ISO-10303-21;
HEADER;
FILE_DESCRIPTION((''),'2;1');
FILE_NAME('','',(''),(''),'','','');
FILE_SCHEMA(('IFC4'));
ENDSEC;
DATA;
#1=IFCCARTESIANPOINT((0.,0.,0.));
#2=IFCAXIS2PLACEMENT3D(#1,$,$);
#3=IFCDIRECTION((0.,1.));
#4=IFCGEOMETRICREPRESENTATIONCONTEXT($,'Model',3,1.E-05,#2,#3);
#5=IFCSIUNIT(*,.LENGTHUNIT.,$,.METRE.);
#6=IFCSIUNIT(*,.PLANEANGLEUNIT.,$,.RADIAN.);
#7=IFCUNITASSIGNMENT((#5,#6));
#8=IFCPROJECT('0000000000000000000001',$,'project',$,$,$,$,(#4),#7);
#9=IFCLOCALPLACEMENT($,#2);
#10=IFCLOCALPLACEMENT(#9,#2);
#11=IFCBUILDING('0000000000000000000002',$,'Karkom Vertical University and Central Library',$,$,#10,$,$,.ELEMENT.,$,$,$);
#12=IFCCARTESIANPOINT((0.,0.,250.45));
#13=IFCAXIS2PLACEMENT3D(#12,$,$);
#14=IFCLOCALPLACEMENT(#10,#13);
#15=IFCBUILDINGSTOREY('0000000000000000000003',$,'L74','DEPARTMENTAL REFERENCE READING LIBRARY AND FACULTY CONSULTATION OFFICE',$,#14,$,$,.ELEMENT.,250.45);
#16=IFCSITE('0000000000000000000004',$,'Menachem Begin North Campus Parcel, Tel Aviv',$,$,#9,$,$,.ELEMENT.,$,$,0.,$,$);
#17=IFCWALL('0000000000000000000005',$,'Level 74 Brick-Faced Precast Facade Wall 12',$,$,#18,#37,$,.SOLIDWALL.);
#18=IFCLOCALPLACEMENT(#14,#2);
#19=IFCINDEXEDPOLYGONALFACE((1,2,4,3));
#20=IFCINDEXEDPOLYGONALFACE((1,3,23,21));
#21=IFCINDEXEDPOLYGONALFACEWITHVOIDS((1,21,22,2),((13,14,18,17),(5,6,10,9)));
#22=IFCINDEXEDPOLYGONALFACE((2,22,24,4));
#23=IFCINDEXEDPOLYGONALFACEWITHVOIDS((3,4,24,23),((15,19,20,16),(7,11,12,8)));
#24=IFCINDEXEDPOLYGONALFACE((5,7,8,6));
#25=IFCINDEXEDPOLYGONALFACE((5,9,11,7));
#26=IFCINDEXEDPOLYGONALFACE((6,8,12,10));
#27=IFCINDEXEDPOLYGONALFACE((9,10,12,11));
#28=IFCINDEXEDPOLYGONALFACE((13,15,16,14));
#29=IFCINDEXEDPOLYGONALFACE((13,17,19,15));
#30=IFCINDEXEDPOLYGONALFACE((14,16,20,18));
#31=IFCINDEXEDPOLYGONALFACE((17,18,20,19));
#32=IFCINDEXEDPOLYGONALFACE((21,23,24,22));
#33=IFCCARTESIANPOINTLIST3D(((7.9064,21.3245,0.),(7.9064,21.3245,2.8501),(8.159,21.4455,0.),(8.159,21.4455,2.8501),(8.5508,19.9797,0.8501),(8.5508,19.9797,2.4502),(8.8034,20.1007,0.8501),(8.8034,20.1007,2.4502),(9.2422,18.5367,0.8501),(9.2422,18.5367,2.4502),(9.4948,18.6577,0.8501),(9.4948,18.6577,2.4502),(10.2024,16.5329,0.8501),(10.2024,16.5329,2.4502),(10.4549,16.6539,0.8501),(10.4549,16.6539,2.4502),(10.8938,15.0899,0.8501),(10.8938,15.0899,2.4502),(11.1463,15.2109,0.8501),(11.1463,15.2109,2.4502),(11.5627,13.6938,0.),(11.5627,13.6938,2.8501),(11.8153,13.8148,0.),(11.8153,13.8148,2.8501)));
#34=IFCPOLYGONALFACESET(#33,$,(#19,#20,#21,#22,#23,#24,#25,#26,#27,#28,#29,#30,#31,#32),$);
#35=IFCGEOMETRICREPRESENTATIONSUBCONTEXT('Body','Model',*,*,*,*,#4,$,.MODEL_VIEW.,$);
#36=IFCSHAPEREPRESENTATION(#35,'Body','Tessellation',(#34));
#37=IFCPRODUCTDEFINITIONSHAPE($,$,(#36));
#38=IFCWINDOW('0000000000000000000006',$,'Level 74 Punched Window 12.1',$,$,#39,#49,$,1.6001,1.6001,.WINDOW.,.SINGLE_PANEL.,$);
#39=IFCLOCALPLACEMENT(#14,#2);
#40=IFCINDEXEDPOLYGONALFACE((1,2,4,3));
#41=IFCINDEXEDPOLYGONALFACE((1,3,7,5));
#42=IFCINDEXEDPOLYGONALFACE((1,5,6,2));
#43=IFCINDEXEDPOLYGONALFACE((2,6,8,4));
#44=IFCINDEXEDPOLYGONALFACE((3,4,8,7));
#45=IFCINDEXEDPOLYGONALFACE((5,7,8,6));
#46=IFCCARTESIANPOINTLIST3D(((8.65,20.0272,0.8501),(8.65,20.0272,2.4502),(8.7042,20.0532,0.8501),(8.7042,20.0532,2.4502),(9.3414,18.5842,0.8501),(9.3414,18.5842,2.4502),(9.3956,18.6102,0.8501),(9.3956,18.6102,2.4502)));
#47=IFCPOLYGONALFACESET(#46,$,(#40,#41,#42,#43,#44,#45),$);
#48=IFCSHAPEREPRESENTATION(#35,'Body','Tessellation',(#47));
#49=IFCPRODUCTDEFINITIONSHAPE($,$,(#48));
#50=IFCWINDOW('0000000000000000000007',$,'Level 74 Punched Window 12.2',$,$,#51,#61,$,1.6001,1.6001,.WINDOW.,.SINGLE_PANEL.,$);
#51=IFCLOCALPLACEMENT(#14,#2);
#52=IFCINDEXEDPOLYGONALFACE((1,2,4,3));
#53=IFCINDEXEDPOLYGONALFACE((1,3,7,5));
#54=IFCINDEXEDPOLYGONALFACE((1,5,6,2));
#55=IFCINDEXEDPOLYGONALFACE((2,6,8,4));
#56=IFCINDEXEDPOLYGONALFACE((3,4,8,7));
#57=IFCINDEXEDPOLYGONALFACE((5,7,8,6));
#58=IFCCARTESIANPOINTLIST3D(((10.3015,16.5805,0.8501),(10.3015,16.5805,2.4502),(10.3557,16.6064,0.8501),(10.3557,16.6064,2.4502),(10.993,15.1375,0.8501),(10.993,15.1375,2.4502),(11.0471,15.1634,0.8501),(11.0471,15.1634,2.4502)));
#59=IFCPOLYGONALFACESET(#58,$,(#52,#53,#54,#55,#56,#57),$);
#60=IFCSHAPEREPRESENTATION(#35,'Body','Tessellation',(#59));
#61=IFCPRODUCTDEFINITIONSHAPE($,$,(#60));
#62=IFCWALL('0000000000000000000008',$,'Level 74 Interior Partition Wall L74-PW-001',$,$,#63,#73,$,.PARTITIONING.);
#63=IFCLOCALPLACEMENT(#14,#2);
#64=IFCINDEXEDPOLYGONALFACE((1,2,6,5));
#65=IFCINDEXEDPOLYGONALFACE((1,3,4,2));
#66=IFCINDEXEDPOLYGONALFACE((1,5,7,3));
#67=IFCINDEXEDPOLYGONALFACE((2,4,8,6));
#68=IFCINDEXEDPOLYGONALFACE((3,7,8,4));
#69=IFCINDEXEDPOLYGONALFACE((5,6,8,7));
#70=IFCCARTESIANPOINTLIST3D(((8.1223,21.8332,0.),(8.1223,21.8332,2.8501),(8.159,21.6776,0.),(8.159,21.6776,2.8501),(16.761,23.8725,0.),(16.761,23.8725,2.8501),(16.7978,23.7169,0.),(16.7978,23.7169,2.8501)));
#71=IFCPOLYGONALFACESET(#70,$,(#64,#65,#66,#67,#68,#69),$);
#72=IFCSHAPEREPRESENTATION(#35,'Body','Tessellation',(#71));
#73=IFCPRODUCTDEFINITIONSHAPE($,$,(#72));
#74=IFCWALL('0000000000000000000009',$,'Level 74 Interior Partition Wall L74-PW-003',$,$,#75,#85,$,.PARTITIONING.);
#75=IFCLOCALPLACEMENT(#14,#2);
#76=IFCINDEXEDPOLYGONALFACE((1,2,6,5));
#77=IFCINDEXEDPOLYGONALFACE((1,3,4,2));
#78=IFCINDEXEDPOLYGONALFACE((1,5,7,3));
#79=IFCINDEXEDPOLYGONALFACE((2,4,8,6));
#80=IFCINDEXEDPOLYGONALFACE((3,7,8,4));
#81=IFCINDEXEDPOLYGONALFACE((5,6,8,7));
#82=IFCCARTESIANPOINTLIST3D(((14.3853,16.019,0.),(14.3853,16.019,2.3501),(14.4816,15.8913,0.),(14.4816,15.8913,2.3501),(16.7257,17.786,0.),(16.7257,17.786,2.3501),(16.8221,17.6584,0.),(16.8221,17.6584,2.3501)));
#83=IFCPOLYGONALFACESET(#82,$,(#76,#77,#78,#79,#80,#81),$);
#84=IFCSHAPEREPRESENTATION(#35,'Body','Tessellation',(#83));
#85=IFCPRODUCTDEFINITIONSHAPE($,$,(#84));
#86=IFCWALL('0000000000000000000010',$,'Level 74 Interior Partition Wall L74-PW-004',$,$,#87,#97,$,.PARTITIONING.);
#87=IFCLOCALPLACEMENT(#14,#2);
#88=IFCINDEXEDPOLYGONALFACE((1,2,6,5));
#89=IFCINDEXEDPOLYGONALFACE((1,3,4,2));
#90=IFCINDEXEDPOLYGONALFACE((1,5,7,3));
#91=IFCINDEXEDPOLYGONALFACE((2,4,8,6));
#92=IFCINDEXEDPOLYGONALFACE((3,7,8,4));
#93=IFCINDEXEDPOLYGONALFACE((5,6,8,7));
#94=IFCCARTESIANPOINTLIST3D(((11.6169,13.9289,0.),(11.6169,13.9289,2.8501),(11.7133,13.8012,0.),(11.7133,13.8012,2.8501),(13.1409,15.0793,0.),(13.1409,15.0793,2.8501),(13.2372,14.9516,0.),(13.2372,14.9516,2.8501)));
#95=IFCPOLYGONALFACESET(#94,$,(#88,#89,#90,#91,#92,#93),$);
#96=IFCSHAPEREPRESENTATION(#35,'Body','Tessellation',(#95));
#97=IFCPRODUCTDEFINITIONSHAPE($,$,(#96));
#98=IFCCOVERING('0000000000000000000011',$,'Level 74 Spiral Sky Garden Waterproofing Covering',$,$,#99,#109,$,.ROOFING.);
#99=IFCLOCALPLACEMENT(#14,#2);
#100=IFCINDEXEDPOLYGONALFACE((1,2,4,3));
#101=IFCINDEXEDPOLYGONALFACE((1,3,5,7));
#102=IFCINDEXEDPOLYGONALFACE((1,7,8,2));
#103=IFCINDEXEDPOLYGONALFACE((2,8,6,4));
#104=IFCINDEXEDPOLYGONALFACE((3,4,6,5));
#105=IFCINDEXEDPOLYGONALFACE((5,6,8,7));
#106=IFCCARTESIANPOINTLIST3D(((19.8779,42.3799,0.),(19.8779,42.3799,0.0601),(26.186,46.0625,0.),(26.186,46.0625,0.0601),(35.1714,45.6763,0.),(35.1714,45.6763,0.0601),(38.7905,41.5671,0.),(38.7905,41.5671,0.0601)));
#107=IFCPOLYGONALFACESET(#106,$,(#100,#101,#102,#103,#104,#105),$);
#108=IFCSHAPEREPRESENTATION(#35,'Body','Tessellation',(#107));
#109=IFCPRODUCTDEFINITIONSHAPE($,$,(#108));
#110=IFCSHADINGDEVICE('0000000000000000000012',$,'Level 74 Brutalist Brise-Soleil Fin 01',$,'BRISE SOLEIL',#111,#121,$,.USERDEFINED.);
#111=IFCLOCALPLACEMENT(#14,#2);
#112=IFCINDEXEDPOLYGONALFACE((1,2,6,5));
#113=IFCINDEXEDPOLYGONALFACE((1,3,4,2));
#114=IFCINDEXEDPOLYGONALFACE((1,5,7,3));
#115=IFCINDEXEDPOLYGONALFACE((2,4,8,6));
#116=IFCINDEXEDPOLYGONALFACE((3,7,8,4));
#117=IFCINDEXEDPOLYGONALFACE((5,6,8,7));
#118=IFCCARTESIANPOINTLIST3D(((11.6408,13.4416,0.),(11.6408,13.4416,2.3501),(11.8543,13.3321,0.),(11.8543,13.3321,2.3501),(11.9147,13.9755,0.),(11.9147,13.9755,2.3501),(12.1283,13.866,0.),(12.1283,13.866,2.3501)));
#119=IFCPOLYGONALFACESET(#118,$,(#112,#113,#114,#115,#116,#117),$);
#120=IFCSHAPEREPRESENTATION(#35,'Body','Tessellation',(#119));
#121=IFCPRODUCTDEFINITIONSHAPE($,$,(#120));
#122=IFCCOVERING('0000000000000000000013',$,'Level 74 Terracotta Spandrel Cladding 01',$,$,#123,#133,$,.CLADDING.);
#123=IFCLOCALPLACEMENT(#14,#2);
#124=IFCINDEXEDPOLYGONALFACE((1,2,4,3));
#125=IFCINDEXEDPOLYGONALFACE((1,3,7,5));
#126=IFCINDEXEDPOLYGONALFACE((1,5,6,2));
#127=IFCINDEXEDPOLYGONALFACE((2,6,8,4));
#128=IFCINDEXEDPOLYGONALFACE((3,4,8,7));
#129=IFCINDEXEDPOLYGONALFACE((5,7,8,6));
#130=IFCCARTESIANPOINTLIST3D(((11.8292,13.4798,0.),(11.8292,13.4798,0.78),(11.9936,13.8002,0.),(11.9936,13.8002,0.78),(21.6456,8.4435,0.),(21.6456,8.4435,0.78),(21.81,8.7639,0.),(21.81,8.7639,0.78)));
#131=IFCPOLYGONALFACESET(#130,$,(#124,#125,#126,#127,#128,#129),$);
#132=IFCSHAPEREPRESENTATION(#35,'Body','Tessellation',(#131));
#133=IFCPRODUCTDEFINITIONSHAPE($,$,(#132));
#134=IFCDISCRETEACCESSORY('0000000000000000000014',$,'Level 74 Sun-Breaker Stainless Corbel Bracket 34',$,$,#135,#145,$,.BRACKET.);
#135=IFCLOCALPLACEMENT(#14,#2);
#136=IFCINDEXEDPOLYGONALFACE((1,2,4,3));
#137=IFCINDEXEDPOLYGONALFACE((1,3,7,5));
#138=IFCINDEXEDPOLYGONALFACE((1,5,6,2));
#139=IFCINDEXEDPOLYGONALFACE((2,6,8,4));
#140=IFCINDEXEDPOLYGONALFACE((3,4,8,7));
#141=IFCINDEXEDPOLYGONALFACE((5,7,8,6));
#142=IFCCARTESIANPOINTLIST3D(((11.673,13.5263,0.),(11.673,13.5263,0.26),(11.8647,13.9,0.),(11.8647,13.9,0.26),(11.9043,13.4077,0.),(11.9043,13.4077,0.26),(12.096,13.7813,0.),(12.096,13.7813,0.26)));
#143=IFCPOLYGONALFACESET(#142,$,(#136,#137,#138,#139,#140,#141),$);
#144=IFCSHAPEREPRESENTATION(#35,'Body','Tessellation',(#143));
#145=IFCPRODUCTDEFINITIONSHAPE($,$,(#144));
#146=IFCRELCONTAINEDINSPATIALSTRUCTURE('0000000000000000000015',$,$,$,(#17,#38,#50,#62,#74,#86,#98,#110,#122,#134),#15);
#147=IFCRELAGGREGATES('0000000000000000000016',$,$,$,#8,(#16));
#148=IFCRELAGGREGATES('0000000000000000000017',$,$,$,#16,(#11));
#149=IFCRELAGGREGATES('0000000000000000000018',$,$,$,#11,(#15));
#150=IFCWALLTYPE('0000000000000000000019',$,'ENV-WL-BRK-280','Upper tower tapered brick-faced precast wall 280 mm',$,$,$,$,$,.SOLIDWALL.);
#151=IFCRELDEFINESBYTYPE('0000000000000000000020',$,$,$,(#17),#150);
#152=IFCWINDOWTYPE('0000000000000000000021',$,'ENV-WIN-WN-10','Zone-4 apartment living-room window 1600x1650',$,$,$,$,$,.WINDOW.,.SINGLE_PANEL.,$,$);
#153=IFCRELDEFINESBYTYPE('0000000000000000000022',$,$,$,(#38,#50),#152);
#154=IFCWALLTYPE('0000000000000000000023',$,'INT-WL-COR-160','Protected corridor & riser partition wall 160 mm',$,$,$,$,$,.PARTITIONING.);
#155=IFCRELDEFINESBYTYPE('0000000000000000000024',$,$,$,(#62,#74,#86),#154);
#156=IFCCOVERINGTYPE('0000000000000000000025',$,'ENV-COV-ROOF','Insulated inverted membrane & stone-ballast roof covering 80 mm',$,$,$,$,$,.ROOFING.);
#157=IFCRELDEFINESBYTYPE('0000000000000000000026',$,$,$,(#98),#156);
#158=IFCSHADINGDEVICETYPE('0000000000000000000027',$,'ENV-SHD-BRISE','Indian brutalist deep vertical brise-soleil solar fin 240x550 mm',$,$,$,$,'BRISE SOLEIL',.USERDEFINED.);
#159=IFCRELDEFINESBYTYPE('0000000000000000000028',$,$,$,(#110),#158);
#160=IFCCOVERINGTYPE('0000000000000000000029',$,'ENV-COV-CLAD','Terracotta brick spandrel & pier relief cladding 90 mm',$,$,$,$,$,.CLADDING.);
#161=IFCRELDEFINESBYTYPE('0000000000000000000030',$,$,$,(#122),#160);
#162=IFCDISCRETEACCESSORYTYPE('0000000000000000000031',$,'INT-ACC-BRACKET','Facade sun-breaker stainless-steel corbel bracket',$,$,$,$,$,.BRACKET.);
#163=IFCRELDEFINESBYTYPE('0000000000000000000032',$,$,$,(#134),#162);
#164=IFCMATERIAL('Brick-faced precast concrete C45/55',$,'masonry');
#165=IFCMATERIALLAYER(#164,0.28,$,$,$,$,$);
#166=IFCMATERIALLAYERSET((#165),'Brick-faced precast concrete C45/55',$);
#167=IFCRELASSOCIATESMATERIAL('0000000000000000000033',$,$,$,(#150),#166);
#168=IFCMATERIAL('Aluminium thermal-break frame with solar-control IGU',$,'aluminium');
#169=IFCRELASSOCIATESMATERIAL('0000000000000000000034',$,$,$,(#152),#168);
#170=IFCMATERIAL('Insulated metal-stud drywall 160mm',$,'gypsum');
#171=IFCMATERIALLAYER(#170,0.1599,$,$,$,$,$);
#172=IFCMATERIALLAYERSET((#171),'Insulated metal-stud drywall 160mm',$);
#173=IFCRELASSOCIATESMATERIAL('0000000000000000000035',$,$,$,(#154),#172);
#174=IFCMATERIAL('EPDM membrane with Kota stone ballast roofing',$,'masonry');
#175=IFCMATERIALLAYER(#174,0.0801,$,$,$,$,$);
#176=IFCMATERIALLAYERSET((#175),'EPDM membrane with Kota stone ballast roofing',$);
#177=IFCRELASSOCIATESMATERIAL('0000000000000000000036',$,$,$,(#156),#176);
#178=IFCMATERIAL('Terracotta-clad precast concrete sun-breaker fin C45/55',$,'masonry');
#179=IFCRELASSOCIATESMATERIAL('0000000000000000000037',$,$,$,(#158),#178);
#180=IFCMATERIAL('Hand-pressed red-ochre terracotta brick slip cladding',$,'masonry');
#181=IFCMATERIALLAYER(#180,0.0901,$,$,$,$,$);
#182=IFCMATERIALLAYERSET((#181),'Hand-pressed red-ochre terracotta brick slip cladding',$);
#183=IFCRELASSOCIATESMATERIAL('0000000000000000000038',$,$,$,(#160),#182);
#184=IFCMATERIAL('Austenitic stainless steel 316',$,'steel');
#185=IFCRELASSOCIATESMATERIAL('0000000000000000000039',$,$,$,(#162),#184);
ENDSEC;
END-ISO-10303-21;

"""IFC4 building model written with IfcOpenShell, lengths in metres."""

from ifc_helpers import new_model, si_unit, direction, frame, frame_2d, origin, origin_with_axes, origin_2d, place, context, subcontext, project, spatial, polyline, rectangle, outline, extrude, source, transform, mapped, material, layer, layer_set, type_object, element, fill, save


model = new_model("IFC4")

# Units and contexts
model_context = context("Model", 3, precision=1e-05, world=origin(), true_north=direction((0.0, 1.0)))
body_context = subcontext(model_context, "Body", "Model", "MODEL_VIEW")
ifc_project = project(units=[si_unit("LENGTHUNIT", "METRE"), si_unit("PLANEANGLEUNIT", "RADIAN")], contexts=[model_context])

# Site, building, storey
site_placement = place(None, origin())
site = spatial("IfcSite", under=ifc_project, at=site_placement, Name="Menachem Begin North Campus Parcel, Tel Aviv", CompositionType="ELEMENT", RefElevation=0.0)
building_placement = place(site_placement, origin())
building = spatial("IfcBuilding", under=site, at=building_placement, Name="Karkom Vertical University and Central Library", CompositionType="ELEMENT")
storey_placement = place(building_placement, frame((0.0, 0.0, 250.45)))
storey = spatial("IfcBuildingStorey", under=building, at=storey_placement, Name="L74", Description="DEPARTMENTAL REFERENCE READING LIBRARY AND FACULTY CONSULTATION OFFICE", CompositionType="ELEMENT", Elevation=250.45)

# Wall, openings, windows
ifc_material_1 = material(Name="Brick-faced precast concrete C45/55", Category="masonry")
ifc_layer_1 = layer(ifc_material_1, 0.28)
ifc_layer_set_1 = layer_set([ifc_layer_1], Name="Brick-faced precast concrete C45/55")
wall_type_1 = type_object("IfcWallType", Name="ENV-WL-BRK-280", Description="Upper tower tapered brick-faced precast wall 280 mm", PredefinedType="SOLIDWALL", material=ifc_layer_set_1)
ifc_material_2 = material(Name="Aluminium thermal-break frame with solar-control IGU", Category="aluminium")
window_type = type_object("IfcWindowType", Name="ENV-WIN-WN-10", Description="Zone-4 apartment living-room window 1600x1650", PartitioningType="SINGLE_PANEL", PredefinedType="WINDOW", material=ifc_material_2)
shared_shape_1 = source(origin_with_axes(), body_context, "Body", "SweptSolid", [
    extrude(rectangle(XDim=1.6001, YDim=1.6001, at=frame_2d((0.8, 0.8))), frame((0.0, 0.03, 0.0), z_axis=(0.0, -1.0, 0.0), x_axis=(1.0, 0.0, 0.0)), (0.0, 0.0, 1.0), 0.0601),
])
wall_1_placement = place(storey_placement, frame((8.0327, 21.385, 0.0), z_axis=(0.0, 0.0, 1.0), x_axis=(0.432112, -0.90182, 0.0)))
wall_1 = element("IfcWall", 1, at=wall_1_placement, inside=storey, type_object=wall_type_1, Name="Level 74 Brick-Faced Precast Facade Wall 12", PredefinedType="SOLIDWALL", context=body_context, shape_type="SweptSolid", body=[
    extrude(rectangle(XDim=8.4614, YDim=0.28, at=frame_2d((4.2307, 0.0))), origin(), (0.0, 0.0, 1.0), 2.8501),
])
opening_1_placement = place(wall_1_placement, frame((1.4912, 0.0, 0.8501)))
opening_1 = element("IfcOpeningElement", 2, at=opening_1_placement, cuts=wall_1, PredefinedType="OPENING", context=body_context, shape_type="SweptSolid", body=[
    extrude(rectangle(XDim=1.6001, YDim=1.6001, at=frame_2d((0.8, 0.8))), frame((0.0, 0.1499, 0.0), z_axis=(0.0, -1.0, 0.0), x_axis=(1.0, 0.0, 0.0)), (0.0, 0.0, 1.0), 0.3),
])
opening_2_placement = place(wall_1_placement, frame((5.3132, 0.0, 0.8501)))
opening_2 = element("IfcOpeningElement", 3, at=opening_2_placement, cuts=wall_1, PredefinedType="OPENING", context=body_context, shape_type="SweptSolid", body=[
    extrude(rectangle(XDim=1.6001, YDim=1.6001, at=frame_2d((0.8, 0.8))), frame((0.0, 0.1499, 0.0), z_axis=(0.0, -1.0, 0.0), x_axis=(1.0, 0.0, 0.0)), (0.0, 0.0, 1.0), 0.3),
])
window_1_placement = place(opening_1_placement, origin())
window_1 = element("IfcWindow", 4, at=window_1_placement, inside=storey, type_object=window_type, Name="Level 74 Punched Window 12.1", OverallHeight=1.6001, OverallWidth=1.6001, PartitioningType="SINGLE_PANEL", PredefinedType="WINDOW", context=body_context, shape_type="MappedRepresentation", body=[
    mapped(shared_shape_1, transform((0.0, 0.0, 0.0), scale=1.0)),
])
fill(opening_1, window_1)
window_2_placement = place(opening_2_placement, origin())
window_2 = element("IfcWindow", 5, at=window_2_placement, inside=storey, type_object=window_type, Name="Level 74 Punched Window 12.2", OverallHeight=1.6001, OverallWidth=1.6001, PartitioningType="SINGLE_PANEL", PredefinedType="WINDOW", context=body_context, shape_type="MappedRepresentation", body=[
    mapped(shared_shape_1, transform((0.0, 0.0, 0.0), scale=1.0)),
])
fill(opening_2, window_2)

# Shared definitions
ifc_material_3 = material(Name="Insulated metal-stud drywall 160mm", Category="gypsum")
ifc_layer_2 = layer(ifc_material_3, 0.1599)
ifc_layer_set_2 = layer_set([ifc_layer_2], Name="Insulated metal-stud drywall 160mm")
wall_type_2 = type_object("IfcWallType", Name="INT-WL-COR-160", Description="Protected corridor & riser partition wall 160 mm", PredefinedType="PARTITIONING", material=ifc_layer_set_2)

# Walls
wall_2_placement = place(storey_placement, frame((16.7793, 23.7947, 0.0), z_axis=(0.0, 0.0, 1.0), x_axis=(-0.973249, -0.229752, 0.0)))
element("IfcWall", 6, at=wall_2_placement, inside=storey, type_object=wall_type_2, Name="Level 74 Interior Partition Wall L74-PW-001", PredefinedType="PARTITIONING", context=body_context, shape_type="SweptSolid", body=[
    extrude(rectangle(XDim=8.8762, YDim=0.1599, at=frame_2d((4.438, 0.0))), origin(), (0.0, 0.0, 1.0), 2.8501),
])
wall_3_placement = place(storey_placement, frame((16.7739, 17.7222, 0.0), z_axis=(0.0, 0.0, 1.0), x_axis=(-0.798088, -0.602541, 0.0)))
element("IfcWall", 7, at=wall_3_placement, inside=storey, type_object=wall_type_2, Name="Level 74 Interior Partition Wall L74-PW-003", PredefinedType="PARTITIONING", context=body_context, shape_type="SweptSolid", body=[
    extrude(rectangle(XDim=2.9326, YDim=0.1599, at=frame_2d((1.4663, 0.0))), origin(), (0.0, 0.0, 1.0), 2.3501),
])
wall_4_placement = place(storey_placement, frame((13.189, 15.0154, 0.0), z_axis=(0.0, 0.0, 1.0), x_axis=(-0.798124, -0.602493, 0.0)))
element("IfcWall", 8, at=wall_4_placement, inside=storey, type_object=wall_type_2, Name="Level 74 Interior Partition Wall L74-PW-004", PredefinedType="PARTITIONING", context=body_context, shape_type="SweptSolid", body=[
    extrude(rectangle(XDim=1.9094, YDim=0.1599, at=frame_2d((0.9546, 0.0))), origin(), (0.0, 0.0, 1.0), 2.8501),
])

# Covering
ifc_material_4 = material(Name="EPDM membrane with Kota stone ballast roofing", Category="masonry")
ifc_layer_3 = layer(ifc_material_4, 0.0801)
ifc_layer_set_3 = layer_set([ifc_layer_3], Name="EPDM membrane with Kota stone ballast roofing")
covering_type_1 = type_object("IfcCoveringType", Name="ENV-COV-ROOF", Description="Insulated inverted membrane & stone-ballast roof covering 80 mm", PredefinedType="ROOFING", material=ifc_layer_set_3)
covering_1_placement = place(storey_placement, origin())
element("IfcCovering", 9, at=covering_1_placement, inside=storey, type_object=covering_type_1, Name="Level 74 Spiral Sky Garden Waterproofing Covering", PredefinedType="ROOFING", context=body_context, shape_type="SweptSolid", body=[
    extrude(outline(polyline([(38.7905, 41.5671), (35.1714, 45.6763), (26.186, 46.0625), (19.8779, 42.3799), (38.7905, 41.5671)])), origin(), (0.0, 0.0, 1.0), 0.0601),
])

# Shading device
ifc_material_5 = material(Name="Terracotta-clad precast concrete sun-breaker fin C45/55", Category="masonry")
shading_device_type = type_object("IfcShadingDeviceType", Name="ENV-SHD-BRISE", Description="Indian brutalist deep vertical brise-soleil solar fin 240x550 mm", ElementType="BRISE SOLEIL", PredefinedType="USERDEFINED", material=ifc_material_5)
shared_shape_2 = source(origin_with_axes(), body_context, "Body", "SweptSolid", [
    extrude(rectangle(XDim=0.24, YDim=0.6001, at=origin_2d()), origin(), (0.0, 0.0, 1.0), 2.3501),
])
shading_device_placement = place(storey_placement, frame((11.8845, 13.6538, 0.0), z_axis=(0.0, 0.0, 1.0), x_axis=(0.889735, -0.456477, 0.0)))
element("IfcShadingDevice", 10, at=shading_device_placement, inside=storey, type_object=shading_device_type, Name="Level 74 Brutalist Brise-Soleil Fin 01", ObjectType="BRISE SOLEIL", PredefinedType="USERDEFINED", context=body_context, shape_type="MappedRepresentation", body=[
    mapped(shared_shape_2, transform((0.0, 0.0, 0.0), scale=1.0)),
])

# Covering
ifc_material_6 = material(Name="Hand-pressed red-ochre terracotta brick slip cladding", Category="masonry")
ifc_layer_4 = layer(ifc_material_6, 0.0901)
ifc_layer_set_4 = layer_set([ifc_layer_4], Name="Hand-pressed red-ochre terracotta brick slip cladding")
covering_type_2 = type_object("IfcCoveringType", Name="ENV-COV-CLAD", Description="Terracotta brick spandrel & pier relief cladding 90 mm", PredefinedType="CLADDING", material=ifc_layer_set_4)
shared_shape_3 = source(origin_with_axes(), body_context, "Body", "SweptSolid", [
    extrude(rectangle(XDim=11.033, YDim=0.3601, at=origin_2d()), origin(), (0.0, 0.0, 1.0), 0.78),
])
covering_2_placement = place(storey_placement, frame((16.8196, 11.1218, 0.0), z_axis=(0.0, 0.0, 1.0), x_axis=(0.889735, -0.456477, 0.0)))
element("IfcCovering", 11, at=covering_2_placement, inside=storey, type_object=covering_type_2, Name="Level 74 Terracotta Spandrel Cladding 01", PredefinedType="CLADDING", context=body_context, shape_type="MappedRepresentation", body=[
    mapped(shared_shape_3, transform((0.0, 0.0, 0.0), scale=1.0)),
])

# Discrete accessory
ifc_material_7 = material(Name="Austenitic stainless steel 316", Category="steel")
discrete_accessory_type = type_object("IfcDiscreteAccessoryType", Name="INT-ACC-BRACKET", Description="Facade sun-breaker stainless-steel corbel bracket", PredefinedType="BRACKET", material=ifc_material_7)
shared_shape_4 = source(origin_with_axes(), body_context, "Body", "SweptSolid", [
    extrude(rectangle(XDim=0.26, YDim=0.4199, at=origin_2d()), origin(), (0.0, 0.0, 1.0), 0.26),
])
discrete_accessory_placement = place(storey_placement, frame((11.8845, 13.6538, 0.0), z_axis=(0.0, 0.0, 1.0), x_axis=(0.889735, -0.456477, 0.0)))
element("IfcDiscreteAccessory", 12, at=discrete_accessory_placement, inside=storey, type_object=discrete_accessory_type, Name="Level 74 Sun-Breaker Stainless Corbel Bracket 34", PredefinedType="BRACKET", context=body_context, shape_type="MappedRepresentation", body=[
    mapped(shared_shape_4, transform((0.0, 0.0, 0.0), scale=1.0)),
])

save(model, "model.ifc")
